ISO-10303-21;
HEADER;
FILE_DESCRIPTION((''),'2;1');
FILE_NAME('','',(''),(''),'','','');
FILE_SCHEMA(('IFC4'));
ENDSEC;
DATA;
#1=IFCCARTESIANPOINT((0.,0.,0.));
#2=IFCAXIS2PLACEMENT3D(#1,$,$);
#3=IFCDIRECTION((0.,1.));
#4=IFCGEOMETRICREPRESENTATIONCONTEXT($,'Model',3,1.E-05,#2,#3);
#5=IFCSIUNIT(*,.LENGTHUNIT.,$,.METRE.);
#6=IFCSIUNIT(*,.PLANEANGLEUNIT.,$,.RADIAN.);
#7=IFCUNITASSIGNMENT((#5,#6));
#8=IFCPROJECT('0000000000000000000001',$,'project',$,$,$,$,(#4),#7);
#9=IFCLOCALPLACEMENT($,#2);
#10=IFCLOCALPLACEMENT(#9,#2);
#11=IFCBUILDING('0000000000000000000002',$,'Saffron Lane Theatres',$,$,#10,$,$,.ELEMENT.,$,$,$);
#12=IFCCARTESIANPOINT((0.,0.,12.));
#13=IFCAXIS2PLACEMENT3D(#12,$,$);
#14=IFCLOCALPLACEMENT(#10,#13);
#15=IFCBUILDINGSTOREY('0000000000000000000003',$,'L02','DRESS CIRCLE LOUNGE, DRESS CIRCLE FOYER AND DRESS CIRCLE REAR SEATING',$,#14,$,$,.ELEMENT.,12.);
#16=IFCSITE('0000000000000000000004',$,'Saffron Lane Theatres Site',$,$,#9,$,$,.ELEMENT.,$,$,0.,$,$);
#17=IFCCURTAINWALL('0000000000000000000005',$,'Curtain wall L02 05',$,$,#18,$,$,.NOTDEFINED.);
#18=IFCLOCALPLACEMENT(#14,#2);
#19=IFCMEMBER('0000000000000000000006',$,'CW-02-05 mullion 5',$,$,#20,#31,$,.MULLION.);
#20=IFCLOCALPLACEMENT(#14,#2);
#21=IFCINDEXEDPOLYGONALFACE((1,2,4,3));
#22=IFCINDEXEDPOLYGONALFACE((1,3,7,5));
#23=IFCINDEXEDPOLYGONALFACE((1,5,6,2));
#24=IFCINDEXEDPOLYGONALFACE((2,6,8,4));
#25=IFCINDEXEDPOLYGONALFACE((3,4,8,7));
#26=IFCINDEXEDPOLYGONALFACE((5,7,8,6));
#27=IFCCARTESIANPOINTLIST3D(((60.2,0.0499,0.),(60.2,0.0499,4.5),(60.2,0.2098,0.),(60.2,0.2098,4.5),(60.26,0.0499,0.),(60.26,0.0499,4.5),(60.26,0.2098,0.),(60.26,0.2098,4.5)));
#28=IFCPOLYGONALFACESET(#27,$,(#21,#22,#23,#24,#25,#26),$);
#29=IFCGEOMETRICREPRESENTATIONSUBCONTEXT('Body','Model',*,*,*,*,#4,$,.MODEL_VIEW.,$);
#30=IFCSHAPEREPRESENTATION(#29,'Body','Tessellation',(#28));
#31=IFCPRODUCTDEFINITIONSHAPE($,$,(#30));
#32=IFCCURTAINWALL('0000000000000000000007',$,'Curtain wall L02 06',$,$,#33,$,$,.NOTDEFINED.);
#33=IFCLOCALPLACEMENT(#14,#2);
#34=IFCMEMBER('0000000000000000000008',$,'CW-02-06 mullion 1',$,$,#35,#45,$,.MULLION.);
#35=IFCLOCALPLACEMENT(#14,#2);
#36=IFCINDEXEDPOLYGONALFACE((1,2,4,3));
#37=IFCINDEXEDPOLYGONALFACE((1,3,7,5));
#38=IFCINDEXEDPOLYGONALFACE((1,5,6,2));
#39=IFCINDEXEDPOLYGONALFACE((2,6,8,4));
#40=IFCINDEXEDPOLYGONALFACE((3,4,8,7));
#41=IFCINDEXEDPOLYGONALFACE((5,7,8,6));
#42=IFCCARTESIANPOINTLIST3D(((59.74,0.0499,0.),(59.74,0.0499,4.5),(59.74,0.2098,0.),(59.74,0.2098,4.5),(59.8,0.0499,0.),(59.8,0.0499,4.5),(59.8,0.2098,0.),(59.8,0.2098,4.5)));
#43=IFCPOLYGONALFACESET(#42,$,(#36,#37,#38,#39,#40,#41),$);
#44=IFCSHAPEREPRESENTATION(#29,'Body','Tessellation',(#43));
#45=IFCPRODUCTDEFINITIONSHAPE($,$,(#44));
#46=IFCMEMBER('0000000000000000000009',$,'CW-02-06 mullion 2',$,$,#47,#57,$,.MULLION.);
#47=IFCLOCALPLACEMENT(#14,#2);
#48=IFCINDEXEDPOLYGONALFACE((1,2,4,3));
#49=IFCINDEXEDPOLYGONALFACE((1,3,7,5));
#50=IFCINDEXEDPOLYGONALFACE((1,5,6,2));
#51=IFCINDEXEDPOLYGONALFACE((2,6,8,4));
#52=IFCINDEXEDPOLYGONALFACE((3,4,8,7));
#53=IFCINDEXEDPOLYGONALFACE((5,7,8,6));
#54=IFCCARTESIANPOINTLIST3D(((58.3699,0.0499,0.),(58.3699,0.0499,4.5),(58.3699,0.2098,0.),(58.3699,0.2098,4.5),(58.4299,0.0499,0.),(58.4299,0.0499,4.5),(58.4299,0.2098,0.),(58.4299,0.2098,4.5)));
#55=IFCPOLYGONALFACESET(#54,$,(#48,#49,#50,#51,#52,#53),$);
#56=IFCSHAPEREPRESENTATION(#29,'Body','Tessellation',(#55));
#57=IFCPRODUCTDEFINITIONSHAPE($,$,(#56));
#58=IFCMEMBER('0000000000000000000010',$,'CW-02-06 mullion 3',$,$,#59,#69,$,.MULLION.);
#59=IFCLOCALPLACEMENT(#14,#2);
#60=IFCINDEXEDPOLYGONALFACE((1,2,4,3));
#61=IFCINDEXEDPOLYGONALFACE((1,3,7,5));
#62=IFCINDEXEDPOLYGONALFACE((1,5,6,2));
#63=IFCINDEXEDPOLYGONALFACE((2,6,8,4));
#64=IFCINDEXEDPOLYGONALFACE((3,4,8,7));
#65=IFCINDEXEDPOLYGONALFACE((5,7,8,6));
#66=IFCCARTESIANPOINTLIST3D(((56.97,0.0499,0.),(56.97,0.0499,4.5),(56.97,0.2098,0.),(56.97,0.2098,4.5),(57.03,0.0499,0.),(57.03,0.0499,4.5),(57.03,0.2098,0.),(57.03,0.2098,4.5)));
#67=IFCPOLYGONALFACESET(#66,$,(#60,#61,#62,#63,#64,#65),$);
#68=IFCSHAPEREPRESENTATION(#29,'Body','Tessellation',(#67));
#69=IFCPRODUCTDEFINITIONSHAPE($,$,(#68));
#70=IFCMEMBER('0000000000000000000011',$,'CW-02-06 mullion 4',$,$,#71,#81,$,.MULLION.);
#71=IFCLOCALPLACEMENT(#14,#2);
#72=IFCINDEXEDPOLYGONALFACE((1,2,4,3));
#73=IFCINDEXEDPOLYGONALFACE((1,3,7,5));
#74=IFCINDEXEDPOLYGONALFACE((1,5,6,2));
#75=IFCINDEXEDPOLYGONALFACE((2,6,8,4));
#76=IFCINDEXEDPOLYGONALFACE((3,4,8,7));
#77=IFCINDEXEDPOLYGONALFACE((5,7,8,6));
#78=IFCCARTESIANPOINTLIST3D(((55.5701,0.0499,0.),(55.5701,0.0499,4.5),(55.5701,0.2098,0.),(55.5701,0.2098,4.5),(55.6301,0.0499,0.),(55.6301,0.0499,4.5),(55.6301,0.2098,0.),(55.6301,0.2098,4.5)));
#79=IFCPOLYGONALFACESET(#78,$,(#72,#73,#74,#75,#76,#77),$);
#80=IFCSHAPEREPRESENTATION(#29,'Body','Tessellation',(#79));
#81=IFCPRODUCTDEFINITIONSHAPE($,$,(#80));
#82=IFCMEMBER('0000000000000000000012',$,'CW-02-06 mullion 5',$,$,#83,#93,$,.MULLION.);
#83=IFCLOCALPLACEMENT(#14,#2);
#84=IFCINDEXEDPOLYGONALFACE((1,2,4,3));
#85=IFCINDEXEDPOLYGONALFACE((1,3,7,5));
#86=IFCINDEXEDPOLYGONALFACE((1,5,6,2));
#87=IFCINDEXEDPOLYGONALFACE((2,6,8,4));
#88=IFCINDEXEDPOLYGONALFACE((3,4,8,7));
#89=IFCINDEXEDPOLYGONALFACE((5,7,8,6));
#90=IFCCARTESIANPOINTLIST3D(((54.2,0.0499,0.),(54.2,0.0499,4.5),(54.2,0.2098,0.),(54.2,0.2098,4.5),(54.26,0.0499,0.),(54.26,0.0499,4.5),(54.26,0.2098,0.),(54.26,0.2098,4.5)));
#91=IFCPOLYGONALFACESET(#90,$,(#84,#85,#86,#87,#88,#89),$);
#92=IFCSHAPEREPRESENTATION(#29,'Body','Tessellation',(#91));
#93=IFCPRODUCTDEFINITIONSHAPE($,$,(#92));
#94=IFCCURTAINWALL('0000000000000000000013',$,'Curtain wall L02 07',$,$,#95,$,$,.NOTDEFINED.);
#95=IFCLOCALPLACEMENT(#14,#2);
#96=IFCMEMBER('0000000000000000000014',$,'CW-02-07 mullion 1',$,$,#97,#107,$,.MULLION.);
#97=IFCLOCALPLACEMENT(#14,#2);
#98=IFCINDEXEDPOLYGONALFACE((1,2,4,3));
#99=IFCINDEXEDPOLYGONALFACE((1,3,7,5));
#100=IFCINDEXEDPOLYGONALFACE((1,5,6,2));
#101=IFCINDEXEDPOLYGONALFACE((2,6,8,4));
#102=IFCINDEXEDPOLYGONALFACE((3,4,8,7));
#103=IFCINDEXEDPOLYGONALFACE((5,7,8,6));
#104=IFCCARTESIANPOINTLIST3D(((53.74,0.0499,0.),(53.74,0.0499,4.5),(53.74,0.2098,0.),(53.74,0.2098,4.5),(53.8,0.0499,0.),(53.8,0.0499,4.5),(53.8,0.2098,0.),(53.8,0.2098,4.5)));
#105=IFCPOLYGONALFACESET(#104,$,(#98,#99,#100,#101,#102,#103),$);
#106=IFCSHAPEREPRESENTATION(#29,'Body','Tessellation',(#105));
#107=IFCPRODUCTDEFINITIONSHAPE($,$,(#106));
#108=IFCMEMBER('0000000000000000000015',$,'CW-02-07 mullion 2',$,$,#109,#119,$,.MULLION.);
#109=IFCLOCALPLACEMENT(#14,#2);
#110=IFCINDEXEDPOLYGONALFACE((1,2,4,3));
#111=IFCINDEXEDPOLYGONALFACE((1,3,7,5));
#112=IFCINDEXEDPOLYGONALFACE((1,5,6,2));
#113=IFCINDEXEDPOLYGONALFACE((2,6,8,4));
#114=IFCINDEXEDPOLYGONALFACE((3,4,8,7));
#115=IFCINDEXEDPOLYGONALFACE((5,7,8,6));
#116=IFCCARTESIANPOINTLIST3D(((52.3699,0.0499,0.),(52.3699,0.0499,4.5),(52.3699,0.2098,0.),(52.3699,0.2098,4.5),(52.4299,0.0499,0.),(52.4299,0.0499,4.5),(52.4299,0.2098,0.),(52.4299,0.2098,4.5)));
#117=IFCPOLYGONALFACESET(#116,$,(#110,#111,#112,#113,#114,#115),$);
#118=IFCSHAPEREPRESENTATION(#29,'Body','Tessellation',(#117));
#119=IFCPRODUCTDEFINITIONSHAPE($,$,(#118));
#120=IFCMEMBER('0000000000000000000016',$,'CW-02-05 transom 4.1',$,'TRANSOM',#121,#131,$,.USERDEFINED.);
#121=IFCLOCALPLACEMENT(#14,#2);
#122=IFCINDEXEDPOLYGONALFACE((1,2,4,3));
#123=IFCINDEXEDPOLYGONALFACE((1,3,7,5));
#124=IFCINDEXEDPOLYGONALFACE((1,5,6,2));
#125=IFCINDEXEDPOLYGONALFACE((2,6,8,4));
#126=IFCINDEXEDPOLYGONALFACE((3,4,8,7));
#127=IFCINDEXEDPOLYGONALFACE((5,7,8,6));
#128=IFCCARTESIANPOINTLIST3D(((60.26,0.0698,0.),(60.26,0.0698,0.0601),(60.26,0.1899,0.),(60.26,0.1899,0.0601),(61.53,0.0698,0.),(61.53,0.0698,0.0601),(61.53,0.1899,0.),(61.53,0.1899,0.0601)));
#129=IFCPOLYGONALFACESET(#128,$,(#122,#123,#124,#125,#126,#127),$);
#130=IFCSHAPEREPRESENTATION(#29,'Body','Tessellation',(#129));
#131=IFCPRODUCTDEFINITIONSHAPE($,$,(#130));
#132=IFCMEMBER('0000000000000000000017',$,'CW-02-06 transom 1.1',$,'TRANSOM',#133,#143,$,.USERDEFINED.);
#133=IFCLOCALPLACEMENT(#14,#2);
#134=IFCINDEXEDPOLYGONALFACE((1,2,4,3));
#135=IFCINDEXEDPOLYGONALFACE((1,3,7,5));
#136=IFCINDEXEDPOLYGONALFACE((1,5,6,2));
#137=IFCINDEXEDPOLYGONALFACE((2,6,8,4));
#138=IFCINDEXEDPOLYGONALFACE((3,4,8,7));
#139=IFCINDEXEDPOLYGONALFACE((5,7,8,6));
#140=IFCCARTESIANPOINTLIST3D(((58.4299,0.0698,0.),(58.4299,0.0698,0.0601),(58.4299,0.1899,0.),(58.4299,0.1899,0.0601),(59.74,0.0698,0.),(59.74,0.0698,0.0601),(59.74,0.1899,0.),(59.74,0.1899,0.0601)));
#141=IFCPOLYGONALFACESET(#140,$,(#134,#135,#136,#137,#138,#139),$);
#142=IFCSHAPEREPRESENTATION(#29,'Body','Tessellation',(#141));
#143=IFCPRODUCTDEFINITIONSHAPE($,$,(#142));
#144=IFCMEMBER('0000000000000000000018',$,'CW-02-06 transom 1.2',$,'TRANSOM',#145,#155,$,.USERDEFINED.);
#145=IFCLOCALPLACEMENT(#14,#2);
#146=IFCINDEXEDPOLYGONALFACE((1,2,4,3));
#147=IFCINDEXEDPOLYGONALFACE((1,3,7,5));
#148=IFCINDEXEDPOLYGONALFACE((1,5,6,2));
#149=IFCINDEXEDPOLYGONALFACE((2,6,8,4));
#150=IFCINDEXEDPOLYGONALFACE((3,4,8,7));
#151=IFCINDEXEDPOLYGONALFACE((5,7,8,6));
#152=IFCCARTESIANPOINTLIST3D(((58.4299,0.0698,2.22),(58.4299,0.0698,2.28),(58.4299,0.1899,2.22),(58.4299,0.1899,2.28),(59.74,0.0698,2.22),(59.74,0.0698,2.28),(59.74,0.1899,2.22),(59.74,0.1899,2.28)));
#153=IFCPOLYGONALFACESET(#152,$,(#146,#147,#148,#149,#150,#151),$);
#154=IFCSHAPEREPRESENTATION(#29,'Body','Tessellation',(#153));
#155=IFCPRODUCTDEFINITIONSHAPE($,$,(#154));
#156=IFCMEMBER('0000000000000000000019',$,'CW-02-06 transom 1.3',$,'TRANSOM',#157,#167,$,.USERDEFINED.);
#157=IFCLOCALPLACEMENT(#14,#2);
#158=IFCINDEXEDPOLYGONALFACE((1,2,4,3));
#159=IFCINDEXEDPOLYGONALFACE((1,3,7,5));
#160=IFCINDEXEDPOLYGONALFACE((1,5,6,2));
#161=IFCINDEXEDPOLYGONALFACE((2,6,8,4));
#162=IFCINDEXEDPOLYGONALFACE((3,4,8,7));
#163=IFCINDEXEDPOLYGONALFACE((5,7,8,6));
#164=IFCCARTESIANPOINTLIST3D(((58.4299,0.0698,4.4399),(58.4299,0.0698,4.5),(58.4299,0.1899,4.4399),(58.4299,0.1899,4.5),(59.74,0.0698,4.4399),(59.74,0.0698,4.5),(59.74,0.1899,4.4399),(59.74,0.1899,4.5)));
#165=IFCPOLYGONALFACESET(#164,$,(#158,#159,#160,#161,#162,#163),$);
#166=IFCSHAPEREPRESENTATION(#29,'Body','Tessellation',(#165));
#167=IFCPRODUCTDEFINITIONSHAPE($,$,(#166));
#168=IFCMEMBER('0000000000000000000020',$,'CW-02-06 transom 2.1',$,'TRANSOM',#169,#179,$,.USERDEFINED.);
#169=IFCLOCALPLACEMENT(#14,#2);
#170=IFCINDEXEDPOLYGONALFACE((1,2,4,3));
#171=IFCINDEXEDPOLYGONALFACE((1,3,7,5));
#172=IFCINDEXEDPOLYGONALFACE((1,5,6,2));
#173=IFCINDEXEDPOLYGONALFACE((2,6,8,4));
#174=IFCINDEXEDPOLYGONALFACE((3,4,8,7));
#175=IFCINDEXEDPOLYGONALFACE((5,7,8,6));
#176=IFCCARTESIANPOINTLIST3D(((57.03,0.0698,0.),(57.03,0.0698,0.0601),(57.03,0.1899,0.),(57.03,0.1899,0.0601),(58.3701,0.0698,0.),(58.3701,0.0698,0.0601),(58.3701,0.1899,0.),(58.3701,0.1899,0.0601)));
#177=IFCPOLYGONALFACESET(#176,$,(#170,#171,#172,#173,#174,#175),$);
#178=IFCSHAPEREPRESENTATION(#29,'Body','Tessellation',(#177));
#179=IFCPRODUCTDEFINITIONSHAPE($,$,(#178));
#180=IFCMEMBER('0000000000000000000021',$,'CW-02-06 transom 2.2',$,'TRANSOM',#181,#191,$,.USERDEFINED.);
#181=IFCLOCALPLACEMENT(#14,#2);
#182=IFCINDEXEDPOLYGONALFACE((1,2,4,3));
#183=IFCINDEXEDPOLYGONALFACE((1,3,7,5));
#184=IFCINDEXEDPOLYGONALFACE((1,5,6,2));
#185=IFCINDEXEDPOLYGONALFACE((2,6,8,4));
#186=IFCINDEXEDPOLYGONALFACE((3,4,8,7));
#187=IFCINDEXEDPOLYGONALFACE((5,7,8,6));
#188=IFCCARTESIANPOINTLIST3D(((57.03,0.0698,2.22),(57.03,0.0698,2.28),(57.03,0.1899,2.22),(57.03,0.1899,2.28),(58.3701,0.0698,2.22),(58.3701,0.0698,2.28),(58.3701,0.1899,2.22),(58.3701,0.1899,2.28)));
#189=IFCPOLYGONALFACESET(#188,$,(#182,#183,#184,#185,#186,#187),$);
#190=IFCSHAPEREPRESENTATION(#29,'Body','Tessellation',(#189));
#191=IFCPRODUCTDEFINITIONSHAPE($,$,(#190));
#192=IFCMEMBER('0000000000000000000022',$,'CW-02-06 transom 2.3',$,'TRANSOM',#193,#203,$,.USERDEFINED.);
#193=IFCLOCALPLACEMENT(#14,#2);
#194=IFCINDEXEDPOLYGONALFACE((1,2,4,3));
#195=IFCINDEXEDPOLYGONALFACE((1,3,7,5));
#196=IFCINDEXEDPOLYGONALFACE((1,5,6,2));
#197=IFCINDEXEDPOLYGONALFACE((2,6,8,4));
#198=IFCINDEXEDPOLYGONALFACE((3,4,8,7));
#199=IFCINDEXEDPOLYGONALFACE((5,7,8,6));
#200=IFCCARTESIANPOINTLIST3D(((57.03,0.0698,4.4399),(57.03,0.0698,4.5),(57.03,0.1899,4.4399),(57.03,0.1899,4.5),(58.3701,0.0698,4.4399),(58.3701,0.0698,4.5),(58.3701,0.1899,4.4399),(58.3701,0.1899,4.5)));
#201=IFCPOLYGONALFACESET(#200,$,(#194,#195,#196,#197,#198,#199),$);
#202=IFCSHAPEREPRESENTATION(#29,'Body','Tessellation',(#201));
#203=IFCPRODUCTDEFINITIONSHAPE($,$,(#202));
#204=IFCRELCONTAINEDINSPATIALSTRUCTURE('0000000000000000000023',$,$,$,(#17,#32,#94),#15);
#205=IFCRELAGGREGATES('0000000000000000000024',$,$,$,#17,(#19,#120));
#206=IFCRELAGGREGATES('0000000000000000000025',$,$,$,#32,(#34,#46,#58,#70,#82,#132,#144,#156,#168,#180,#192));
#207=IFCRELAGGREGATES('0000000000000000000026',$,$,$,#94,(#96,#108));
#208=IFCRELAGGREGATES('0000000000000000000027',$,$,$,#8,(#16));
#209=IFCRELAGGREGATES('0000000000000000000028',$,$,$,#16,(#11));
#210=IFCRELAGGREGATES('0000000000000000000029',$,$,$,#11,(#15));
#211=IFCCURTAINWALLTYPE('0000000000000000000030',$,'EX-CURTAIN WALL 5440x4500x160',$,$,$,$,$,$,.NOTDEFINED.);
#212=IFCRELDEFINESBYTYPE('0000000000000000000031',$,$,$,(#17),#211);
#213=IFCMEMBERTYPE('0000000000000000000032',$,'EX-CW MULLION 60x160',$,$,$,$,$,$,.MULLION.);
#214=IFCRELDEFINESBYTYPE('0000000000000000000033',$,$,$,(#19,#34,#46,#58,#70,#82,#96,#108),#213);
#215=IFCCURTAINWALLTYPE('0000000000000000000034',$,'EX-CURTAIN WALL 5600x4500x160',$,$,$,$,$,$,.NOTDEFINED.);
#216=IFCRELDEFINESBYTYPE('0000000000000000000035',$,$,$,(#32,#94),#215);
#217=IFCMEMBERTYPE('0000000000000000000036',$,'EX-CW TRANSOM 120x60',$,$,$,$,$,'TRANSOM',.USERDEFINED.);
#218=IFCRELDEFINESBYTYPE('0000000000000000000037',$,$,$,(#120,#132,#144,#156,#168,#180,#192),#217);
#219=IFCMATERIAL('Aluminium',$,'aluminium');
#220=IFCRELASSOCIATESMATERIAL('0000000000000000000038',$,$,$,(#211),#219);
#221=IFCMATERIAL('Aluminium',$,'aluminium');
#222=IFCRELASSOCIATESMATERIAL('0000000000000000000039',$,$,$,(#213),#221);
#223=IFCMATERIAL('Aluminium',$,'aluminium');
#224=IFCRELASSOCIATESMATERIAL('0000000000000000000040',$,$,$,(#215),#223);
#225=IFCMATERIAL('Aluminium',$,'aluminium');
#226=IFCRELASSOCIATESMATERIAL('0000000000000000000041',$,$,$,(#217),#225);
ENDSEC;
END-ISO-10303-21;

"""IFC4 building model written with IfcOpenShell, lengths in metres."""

from ifc_helpers import new_model, si_unit, direction, frame, origin, origin_2d, place, context, subcontext, project, spatial, rectangle, extrude, material, material_profile, profile_set, type_object, element, aggregate, save


model = new_model("IFC4")

# Units and contexts
model_context = context("Model", 3, precision=1e-05, world=origin(), true_north=direction((0.0, 1.0)))
body_context = subcontext(model_context, "Body", "Model", "MODEL_VIEW")
ifc_project = project(units=[si_unit("LENGTHUNIT", "METRE"), si_unit("PLANEANGLEUNIT", "RADIAN")], contexts=[model_context])

# Site, building, storey
site_placement = place(None, origin())
site = spatial("IfcSite", under=ifc_project, at=site_placement, Name="Saffron Lane Theatres Site", CompositionType="ELEMENT", RefElevation=0.0)
building_placement = place(site_placement, origin())
building = spatial("IfcBuilding", under=site, at=building_placement, Name="Saffron Lane Theatres", CompositionType="ELEMENT")
storey_placement = place(building_placement, frame((0.0, 0.0, 12.0)))
storey = spatial("IfcBuildingStorey", under=building, at=storey_placement, Name="L02", Description="DRESS CIRCLE LOUNGE, DRESS CIRCLE FOYER AND DRESS CIRCLE REAR SEATING", CompositionType="ELEMENT", Elevation=12.0)

# Curtain wall, member
ifc_material_1 = material(Name="Aluminium", Category="aluminium")
curtain_wall_type_1 = type_object("IfcCurtainWallType", Name="EX-CURTAIN WALL 5440x4500x160", PredefinedType="NOTDEFINED", material=ifc_material_1)
curtain_wall_1_placement = place(storey_placement, origin())
curtain_wall_1 = element("IfcCurtainWall", 1, at=curtain_wall_1_placement, inside=storey, type_object=curtain_wall_type_1, Name="Curtain wall L02 05", PredefinedType="NOTDEFINED")
ifc_material_2 = material(Name="Aluminium", Category="aluminium")
ifc_material_profile_1 = material_profile(ifc_material_2, rectangle(XDim=0.0601, YDim=0.1599, at=origin_2d()))
ifc_profile_set_1 = profile_set([ifc_material_profile_1], Name="Aluminium")
member_type_1 = type_object("IfcMemberType", Name="EX-CW MULLION 60x160", PredefinedType="MULLION", material=ifc_profile_set_1)
member_1_placement = place(storey_placement, frame((60.23, 0.1299, 0.0), z_axis=(0.0, 0.0, 1.0), x_axis=(-1.0, 0.0, 0.0)))
member_1 = element("IfcMember", 2, at=member_1_placement, type_object=member_type_1, Name="CW-02-05 mullion 5", PredefinedType="MULLION", context=body_context, shape_type="SweptSolid", body=[
    extrude(rectangle(XDim=0.0601, YDim=0.1599, at=origin_2d()), origin(), (0.0, 0.0, 1.0), 4.5),
])

# Curtain walls, members
ifc_material_3 = material(Name="Aluminium", Category="aluminium")
curtain_wall_type_2 = type_object("IfcCurtainWallType", Name="EX-CURTAIN WALL 5600x4500x160", PredefinedType="NOTDEFINED", material=ifc_material_3)
curtain_wall_2_placement = place(storey_placement, origin())
curtain_wall_2 = element("IfcCurtainWall", 3, at=curtain_wall_2_placement, inside=storey, type_object=curtain_wall_type_2, Name="Curtain wall L02 06", PredefinedType="NOTDEFINED")
member_2_placement = place(storey_placement, frame((59.77, 0.1299, 0.0), z_axis=(0.0, 0.0, 1.0), x_axis=(-1.0, 0.0, 0.0)))
member_2 = element("IfcMember", 4, at=member_2_placement, type_object=member_type_1, Name="CW-02-06 mullion 1", PredefinedType="MULLION", context=body_context, shape_type="SweptSolid", body=[
    extrude(rectangle(XDim=0.0601, YDim=0.1599, at=origin_2d()), origin(), (0.0, 0.0, 1.0), 4.5),
])
member_3_placement = place(storey_placement, frame((58.3999, 0.1299, 0.0), z_axis=(0.0, 0.0, 1.0), x_axis=(-1.0, 0.0, 0.0)))
member_3 = element("IfcMember", 5, at=member_3_placement, type_object=member_type_1, Name="CW-02-06 mullion 2", PredefinedType="MULLION", context=body_context, shape_type="SweptSolid", body=[
    extrude(rectangle(XDim=0.0601, YDim=0.1599, at=origin_2d()), origin(), (0.0, 0.0, 1.0), 4.5),
])
member_4_placement = place(storey_placement, frame((57.0, 0.1299, 0.0), z_axis=(0.0, 0.0, 1.0), x_axis=(-1.0, 0.0, 0.0)))
member_4 = element("IfcMember", 6, at=member_4_placement, type_object=member_type_1, Name="CW-02-06 mullion 3", PredefinedType="MULLION", context=body_context, shape_type="SweptSolid", body=[
    extrude(rectangle(XDim=0.0601, YDim=0.1599, at=origin_2d()), origin(), (0.0, 0.0, 1.0), 4.5),
])
member_5_placement = place(storey_placement, frame((55.6001, 0.1299, 0.0), z_axis=(0.0, 0.0, 1.0), x_axis=(-1.0, 0.0, 0.0)))
member_5 = element("IfcMember", 7, at=member_5_placement, type_object=member_type_1, Name="CW-02-06 mullion 4", PredefinedType="MULLION", context=body_context, shape_type="SweptSolid", body=[
    extrude(rectangle(XDim=0.0601, YDim=0.1599, at=origin_2d()), origin(), (0.0, 0.0, 1.0), 4.5),
])
member_6_placement = place(storey_placement, frame((54.23, 0.1299, 0.0), z_axis=(0.0, 0.0, 1.0), x_axis=(-1.0, 0.0, 0.0)))
member_6 = element("IfcMember", 8, at=member_6_placement, type_object=member_type_1, Name="CW-02-06 mullion 5", PredefinedType="MULLION", context=body_context, shape_type="SweptSolid", body=[
    extrude(rectangle(XDim=0.0601, YDim=0.1599, at=origin_2d()), origin(), (0.0, 0.0, 1.0), 4.5),
])
curtain_wall_3_placement = place(storey_placement, origin())
curtain_wall_3 = element("IfcCurtainWall", 9, at=curtain_wall_3_placement, inside=storey, type_object=curtain_wall_type_2, Name="Curtain wall L02 07", PredefinedType="NOTDEFINED")
member_7_placement = place(storey_placement, frame((53.77, 0.1299, 0.0), z_axis=(0.0, 0.0, 1.0), x_axis=(-1.0, 0.0, 0.0)))
member_7 = element("IfcMember", 10, at=member_7_placement, type_object=member_type_1, Name="CW-02-07 mullion 1", PredefinedType="MULLION", context=body_context, shape_type="SweptSolid", body=[
    extrude(rectangle(XDim=0.0601, YDim=0.1599, at=origin_2d()), origin(), (0.0, 0.0, 1.0), 4.5),
])
member_8_placement = place(storey_placement, frame((52.3999, 0.1299, 0.0), z_axis=(0.0, 0.0, 1.0), x_axis=(-1.0, 0.0, 0.0)))
member_8 = element("IfcMember", 11, at=member_8_placement, type_object=member_type_1, Name="CW-02-07 mullion 2", PredefinedType="MULLION", context=body_context, shape_type="SweptSolid", body=[
    extrude(rectangle(XDim=0.0601, YDim=0.1599, at=origin_2d()), origin(), (0.0, 0.0, 1.0), 4.5),
])

# Members
ifc_material_4 = material(Name="Aluminium", Category="aluminium")
ifc_material_profile_2 = material_profile(ifc_material_4, rectangle(XDim=0.1201, YDim=0.0601, at=origin_2d()))
ifc_profile_set_2 = profile_set([ifc_material_profile_2], Name="Aluminium")
member_type_2 = type_object("IfcMemberType", Name="EX-CW TRANSOM 120x60", ElementType="TRANSOM", PredefinedType="USERDEFINED", material=ifc_profile_set_2)
member_9_placement = place(storey_placement, frame((61.53, 0.1299, 0.03), z_axis=(-1.0, 0.0, 0.0), x_axis=(0.0, -1.0, 0.0)))
member_9 = element("IfcMember", 12, at=member_9_placement, type_object=member_type_2, Name="CW-02-05 transom 4.1", ObjectType="TRANSOM", PredefinedType="USERDEFINED", context=body_context, shape_type="SweptSolid", body=[
    extrude(rectangle(XDim=0.1201, YDim=0.0601, at=origin_2d()), origin(), (0.0, 0.0, 1.0), 1.27),
])
member_10_placement = place(storey_placement, frame((59.74, 0.1299, 0.03), z_axis=(-1.0, 0.0, 0.0), x_axis=(0.0, -1.0, 0.0)))
member_10 = element("IfcMember", 13, at=member_10_placement, type_object=member_type_2, Name="CW-02-06 transom 1.1", ObjectType="TRANSOM", PredefinedType="USERDEFINED", context=body_context, shape_type="SweptSolid", body=[
    extrude(rectangle(XDim=0.1201, YDim=0.0601, at=origin_2d()), origin(), (0.0, 0.0, 1.0), 1.3101),
])
member_11_placement = place(storey_placement, frame((59.74, 0.1299, 2.25), z_axis=(-1.0, 0.0, 0.0), x_axis=(0.0, -1.0, 0.0)))
member_11 = element("IfcMember", 14, at=member_11_placement, type_object=member_type_2, Name="CW-02-06 transom 1.2", ObjectType="TRANSOM", PredefinedType="USERDEFINED", context=body_context, shape_type="SweptSolid", body=[
    extrude(rectangle(XDim=0.1201, YDim=0.0601, at=origin_2d()), origin(), (0.0, 0.0, 1.0), 1.3101),
])
member_12_placement = place(storey_placement, frame((59.74, 0.1299, 4.47), z_axis=(-1.0, 0.0, 0.0), x_axis=(0.0, -1.0, 0.0)))
member_12 = element("IfcMember", 15, at=member_12_placement, type_object=member_type_2, Name="CW-02-06 transom 1.3", ObjectType="TRANSOM", PredefinedType="USERDEFINED", context=body_context, shape_type="SweptSolid", body=[
    extrude(rectangle(XDim=0.1201, YDim=0.0601, at=origin_2d()), origin(), (0.0, 0.0, 1.0), 1.3101),
])
member_13_placement = place(storey_placement, frame((58.3701, 0.1299, 0.03), z_axis=(-1.0, 0.0, 0.0), x_axis=(0.0, -1.0, 0.0)))
member_13 = element("IfcMember", 16, at=member_13_placement, type_object=member_type_2, Name="CW-02-06 transom 2.1", ObjectType="TRANSOM", PredefinedType="USERDEFINED", context=body_context, shape_type="SweptSolid", body=[
    extrude(rectangle(XDim=0.1201, YDim=0.0601, at=origin_2d()), origin(), (0.0, 0.0, 1.0), 1.3401),
])
member_14_placement = place(storey_placement, frame((58.3701, 0.1299, 2.25), z_axis=(-1.0, 0.0, 0.0), x_axis=(0.0, -1.0, 0.0)))
member_14 = element("IfcMember", 17, at=member_14_placement, type_object=member_type_2, Name="CW-02-06 transom 2.2", ObjectType="TRANSOM", PredefinedType="USERDEFINED", context=body_context, shape_type="SweptSolid", body=[
    extrude(rectangle(XDim=0.1201, YDim=0.0601, at=origin_2d()), origin(), (0.0, 0.0, 1.0), 1.3401),
])
member_15_placement = place(storey_placement, frame((58.3701, 0.1299, 4.47), z_axis=(-1.0, 0.0, 0.0), x_axis=(0.0, -1.0, 0.0)))
member_15 = element("IfcMember", 18, at=member_15_placement, type_object=member_type_2, Name="CW-02-06 transom 2.3", ObjectType="TRANSOM", PredefinedType="USERDEFINED", context=body_context, shape_type="SweptSolid", body=[
    extrude(rectangle(XDim=0.1201, YDim=0.0601, at=origin_2d()), origin(), (0.0, 0.0, 1.0), 1.3401),
])

aggregate(curtain_wall_1, [member_1, member_9])
aggregate(curtain_wall_2, [member_2, member_3, member_4, member_5, member_6, member_10, member_11, member_12, member_13, member_14, member_15])
aggregate(curtain_wall_3, [member_7, member_8])

save(model, "model.ifc")
